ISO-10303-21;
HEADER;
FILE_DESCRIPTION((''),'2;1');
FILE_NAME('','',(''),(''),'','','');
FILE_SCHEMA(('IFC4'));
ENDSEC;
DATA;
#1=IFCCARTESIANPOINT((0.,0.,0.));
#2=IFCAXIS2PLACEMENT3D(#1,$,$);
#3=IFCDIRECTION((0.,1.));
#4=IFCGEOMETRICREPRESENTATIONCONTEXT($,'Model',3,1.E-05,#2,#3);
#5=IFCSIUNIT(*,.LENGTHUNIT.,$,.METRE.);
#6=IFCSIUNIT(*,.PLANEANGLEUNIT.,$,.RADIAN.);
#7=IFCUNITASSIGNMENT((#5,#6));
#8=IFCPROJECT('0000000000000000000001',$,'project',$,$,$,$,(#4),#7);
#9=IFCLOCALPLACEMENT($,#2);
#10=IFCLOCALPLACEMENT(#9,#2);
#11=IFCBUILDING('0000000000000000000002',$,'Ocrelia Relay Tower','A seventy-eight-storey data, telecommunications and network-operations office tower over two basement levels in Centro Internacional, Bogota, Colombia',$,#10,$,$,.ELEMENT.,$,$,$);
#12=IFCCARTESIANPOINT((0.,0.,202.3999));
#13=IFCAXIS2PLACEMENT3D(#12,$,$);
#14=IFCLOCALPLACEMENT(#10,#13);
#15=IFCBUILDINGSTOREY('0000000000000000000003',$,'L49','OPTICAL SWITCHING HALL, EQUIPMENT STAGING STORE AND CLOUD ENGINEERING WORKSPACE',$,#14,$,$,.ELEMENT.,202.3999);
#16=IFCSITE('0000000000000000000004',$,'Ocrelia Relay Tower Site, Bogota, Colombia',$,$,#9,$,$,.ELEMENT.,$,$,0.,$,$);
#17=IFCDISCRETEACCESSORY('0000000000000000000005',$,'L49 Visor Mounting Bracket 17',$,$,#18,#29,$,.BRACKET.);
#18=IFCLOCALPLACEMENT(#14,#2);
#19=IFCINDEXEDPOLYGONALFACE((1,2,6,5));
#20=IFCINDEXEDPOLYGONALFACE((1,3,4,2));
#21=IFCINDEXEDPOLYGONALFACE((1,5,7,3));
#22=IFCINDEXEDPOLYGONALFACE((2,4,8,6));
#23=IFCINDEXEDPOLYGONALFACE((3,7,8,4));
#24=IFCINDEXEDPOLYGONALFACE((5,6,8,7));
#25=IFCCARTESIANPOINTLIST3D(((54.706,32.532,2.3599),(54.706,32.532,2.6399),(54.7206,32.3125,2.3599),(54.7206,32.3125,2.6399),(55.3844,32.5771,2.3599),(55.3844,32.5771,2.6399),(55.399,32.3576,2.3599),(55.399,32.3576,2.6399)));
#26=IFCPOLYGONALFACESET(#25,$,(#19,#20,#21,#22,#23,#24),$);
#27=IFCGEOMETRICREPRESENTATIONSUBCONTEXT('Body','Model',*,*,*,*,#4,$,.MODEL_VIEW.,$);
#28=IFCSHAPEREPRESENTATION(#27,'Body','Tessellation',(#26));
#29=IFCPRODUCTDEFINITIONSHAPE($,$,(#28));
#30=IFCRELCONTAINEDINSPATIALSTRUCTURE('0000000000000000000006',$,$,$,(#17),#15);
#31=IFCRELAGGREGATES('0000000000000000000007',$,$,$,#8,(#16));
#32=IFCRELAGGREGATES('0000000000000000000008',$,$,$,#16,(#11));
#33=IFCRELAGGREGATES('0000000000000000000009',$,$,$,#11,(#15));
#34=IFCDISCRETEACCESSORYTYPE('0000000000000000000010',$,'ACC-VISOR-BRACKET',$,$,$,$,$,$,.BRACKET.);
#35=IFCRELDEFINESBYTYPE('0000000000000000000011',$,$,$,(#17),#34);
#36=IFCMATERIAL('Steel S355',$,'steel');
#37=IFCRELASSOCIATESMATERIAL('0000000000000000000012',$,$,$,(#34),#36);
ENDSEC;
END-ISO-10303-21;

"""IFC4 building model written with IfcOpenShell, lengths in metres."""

from ifc_helpers import new_model, si_unit, direction, frame, origin, origin_2d, place, context, subcontext, project, spatial, rectangle, extrude, material, type_object, element, save


model = new_model("IFC4")

# Units and contexts
model_context = context("Model", 3, precision=1e-05, world=origin(), true_north=direction((0.0, 1.0)))
body_context = subcontext(model_context, "Body", "Model", "MODEL_VIEW")
ifc_project = project(units=[si_unit("LENGTHUNIT", "METRE"), si_unit("PLANEANGLEUNIT", "RADIAN")], contexts=[model_context])

# Site, building, storey
site_placement = place(None, origin())
site = spatial("IfcSite", under=ifc_project, at=site_placement, Name="Ocrelia Relay Tower Site, Bogota, Colombia", CompositionType="ELEMENT", RefElevation=0.0)
building_placement = place(site_placement, origin())
building = spatial("IfcBuilding", under=site, at=building_placement, Name="Ocrelia Relay Tower", Description="A seventy-eight-storey data, telecommunications and network-operations office tower over two basement levels in Centro Internacional, Bogota, Colombia", CompositionType="ELEMENT")
storey_placement = place(building_placement, frame((0.0, 0.0, 202.3999)))
storey = spatial("IfcBuildingStorey", under=building, at=storey_placement, Name="L49", Description="OPTICAL SWITCHING HALL, EQUIPMENT STAGING STORE AND CLOUD ENGINEERING WORKSPACE", CompositionType="ELEMENT", Elevation=202.3999)

# Shared definitions
ifc_material_1 = material(Name="Steel S355", Category="steel")

# Discrete accessory
discrete_accessory_type = type_object("IfcDiscreteAccessoryType", Name="ACC-VISOR-BRACKET", PredefinedType="BRACKET", material=ifc_material_1)
discrete_accessory_placement = place(storey_placement, frame((55.0525, 32.4448, 2.3599), z_axis=(0.0, 0.0, 1.0), x_axis=(-0.066374, 0.997795, 0.0)))
element("IfcDiscreteAccessory", 1, at=discrete_accessory_placement, inside=storey, type_object=discrete_accessory_type, Name="L49 Visor Mounting Bracket 17", PredefinedType="BRACKET", context=body_context, shape_type="SweptSolid", body=[
    extrude(rectangle(XDim=0.22, YDim=0.6799, at=origin_2d()), origin(), (0.0, 0.0, 1.0), 0.28),
])

save(model, "model.ifc")
